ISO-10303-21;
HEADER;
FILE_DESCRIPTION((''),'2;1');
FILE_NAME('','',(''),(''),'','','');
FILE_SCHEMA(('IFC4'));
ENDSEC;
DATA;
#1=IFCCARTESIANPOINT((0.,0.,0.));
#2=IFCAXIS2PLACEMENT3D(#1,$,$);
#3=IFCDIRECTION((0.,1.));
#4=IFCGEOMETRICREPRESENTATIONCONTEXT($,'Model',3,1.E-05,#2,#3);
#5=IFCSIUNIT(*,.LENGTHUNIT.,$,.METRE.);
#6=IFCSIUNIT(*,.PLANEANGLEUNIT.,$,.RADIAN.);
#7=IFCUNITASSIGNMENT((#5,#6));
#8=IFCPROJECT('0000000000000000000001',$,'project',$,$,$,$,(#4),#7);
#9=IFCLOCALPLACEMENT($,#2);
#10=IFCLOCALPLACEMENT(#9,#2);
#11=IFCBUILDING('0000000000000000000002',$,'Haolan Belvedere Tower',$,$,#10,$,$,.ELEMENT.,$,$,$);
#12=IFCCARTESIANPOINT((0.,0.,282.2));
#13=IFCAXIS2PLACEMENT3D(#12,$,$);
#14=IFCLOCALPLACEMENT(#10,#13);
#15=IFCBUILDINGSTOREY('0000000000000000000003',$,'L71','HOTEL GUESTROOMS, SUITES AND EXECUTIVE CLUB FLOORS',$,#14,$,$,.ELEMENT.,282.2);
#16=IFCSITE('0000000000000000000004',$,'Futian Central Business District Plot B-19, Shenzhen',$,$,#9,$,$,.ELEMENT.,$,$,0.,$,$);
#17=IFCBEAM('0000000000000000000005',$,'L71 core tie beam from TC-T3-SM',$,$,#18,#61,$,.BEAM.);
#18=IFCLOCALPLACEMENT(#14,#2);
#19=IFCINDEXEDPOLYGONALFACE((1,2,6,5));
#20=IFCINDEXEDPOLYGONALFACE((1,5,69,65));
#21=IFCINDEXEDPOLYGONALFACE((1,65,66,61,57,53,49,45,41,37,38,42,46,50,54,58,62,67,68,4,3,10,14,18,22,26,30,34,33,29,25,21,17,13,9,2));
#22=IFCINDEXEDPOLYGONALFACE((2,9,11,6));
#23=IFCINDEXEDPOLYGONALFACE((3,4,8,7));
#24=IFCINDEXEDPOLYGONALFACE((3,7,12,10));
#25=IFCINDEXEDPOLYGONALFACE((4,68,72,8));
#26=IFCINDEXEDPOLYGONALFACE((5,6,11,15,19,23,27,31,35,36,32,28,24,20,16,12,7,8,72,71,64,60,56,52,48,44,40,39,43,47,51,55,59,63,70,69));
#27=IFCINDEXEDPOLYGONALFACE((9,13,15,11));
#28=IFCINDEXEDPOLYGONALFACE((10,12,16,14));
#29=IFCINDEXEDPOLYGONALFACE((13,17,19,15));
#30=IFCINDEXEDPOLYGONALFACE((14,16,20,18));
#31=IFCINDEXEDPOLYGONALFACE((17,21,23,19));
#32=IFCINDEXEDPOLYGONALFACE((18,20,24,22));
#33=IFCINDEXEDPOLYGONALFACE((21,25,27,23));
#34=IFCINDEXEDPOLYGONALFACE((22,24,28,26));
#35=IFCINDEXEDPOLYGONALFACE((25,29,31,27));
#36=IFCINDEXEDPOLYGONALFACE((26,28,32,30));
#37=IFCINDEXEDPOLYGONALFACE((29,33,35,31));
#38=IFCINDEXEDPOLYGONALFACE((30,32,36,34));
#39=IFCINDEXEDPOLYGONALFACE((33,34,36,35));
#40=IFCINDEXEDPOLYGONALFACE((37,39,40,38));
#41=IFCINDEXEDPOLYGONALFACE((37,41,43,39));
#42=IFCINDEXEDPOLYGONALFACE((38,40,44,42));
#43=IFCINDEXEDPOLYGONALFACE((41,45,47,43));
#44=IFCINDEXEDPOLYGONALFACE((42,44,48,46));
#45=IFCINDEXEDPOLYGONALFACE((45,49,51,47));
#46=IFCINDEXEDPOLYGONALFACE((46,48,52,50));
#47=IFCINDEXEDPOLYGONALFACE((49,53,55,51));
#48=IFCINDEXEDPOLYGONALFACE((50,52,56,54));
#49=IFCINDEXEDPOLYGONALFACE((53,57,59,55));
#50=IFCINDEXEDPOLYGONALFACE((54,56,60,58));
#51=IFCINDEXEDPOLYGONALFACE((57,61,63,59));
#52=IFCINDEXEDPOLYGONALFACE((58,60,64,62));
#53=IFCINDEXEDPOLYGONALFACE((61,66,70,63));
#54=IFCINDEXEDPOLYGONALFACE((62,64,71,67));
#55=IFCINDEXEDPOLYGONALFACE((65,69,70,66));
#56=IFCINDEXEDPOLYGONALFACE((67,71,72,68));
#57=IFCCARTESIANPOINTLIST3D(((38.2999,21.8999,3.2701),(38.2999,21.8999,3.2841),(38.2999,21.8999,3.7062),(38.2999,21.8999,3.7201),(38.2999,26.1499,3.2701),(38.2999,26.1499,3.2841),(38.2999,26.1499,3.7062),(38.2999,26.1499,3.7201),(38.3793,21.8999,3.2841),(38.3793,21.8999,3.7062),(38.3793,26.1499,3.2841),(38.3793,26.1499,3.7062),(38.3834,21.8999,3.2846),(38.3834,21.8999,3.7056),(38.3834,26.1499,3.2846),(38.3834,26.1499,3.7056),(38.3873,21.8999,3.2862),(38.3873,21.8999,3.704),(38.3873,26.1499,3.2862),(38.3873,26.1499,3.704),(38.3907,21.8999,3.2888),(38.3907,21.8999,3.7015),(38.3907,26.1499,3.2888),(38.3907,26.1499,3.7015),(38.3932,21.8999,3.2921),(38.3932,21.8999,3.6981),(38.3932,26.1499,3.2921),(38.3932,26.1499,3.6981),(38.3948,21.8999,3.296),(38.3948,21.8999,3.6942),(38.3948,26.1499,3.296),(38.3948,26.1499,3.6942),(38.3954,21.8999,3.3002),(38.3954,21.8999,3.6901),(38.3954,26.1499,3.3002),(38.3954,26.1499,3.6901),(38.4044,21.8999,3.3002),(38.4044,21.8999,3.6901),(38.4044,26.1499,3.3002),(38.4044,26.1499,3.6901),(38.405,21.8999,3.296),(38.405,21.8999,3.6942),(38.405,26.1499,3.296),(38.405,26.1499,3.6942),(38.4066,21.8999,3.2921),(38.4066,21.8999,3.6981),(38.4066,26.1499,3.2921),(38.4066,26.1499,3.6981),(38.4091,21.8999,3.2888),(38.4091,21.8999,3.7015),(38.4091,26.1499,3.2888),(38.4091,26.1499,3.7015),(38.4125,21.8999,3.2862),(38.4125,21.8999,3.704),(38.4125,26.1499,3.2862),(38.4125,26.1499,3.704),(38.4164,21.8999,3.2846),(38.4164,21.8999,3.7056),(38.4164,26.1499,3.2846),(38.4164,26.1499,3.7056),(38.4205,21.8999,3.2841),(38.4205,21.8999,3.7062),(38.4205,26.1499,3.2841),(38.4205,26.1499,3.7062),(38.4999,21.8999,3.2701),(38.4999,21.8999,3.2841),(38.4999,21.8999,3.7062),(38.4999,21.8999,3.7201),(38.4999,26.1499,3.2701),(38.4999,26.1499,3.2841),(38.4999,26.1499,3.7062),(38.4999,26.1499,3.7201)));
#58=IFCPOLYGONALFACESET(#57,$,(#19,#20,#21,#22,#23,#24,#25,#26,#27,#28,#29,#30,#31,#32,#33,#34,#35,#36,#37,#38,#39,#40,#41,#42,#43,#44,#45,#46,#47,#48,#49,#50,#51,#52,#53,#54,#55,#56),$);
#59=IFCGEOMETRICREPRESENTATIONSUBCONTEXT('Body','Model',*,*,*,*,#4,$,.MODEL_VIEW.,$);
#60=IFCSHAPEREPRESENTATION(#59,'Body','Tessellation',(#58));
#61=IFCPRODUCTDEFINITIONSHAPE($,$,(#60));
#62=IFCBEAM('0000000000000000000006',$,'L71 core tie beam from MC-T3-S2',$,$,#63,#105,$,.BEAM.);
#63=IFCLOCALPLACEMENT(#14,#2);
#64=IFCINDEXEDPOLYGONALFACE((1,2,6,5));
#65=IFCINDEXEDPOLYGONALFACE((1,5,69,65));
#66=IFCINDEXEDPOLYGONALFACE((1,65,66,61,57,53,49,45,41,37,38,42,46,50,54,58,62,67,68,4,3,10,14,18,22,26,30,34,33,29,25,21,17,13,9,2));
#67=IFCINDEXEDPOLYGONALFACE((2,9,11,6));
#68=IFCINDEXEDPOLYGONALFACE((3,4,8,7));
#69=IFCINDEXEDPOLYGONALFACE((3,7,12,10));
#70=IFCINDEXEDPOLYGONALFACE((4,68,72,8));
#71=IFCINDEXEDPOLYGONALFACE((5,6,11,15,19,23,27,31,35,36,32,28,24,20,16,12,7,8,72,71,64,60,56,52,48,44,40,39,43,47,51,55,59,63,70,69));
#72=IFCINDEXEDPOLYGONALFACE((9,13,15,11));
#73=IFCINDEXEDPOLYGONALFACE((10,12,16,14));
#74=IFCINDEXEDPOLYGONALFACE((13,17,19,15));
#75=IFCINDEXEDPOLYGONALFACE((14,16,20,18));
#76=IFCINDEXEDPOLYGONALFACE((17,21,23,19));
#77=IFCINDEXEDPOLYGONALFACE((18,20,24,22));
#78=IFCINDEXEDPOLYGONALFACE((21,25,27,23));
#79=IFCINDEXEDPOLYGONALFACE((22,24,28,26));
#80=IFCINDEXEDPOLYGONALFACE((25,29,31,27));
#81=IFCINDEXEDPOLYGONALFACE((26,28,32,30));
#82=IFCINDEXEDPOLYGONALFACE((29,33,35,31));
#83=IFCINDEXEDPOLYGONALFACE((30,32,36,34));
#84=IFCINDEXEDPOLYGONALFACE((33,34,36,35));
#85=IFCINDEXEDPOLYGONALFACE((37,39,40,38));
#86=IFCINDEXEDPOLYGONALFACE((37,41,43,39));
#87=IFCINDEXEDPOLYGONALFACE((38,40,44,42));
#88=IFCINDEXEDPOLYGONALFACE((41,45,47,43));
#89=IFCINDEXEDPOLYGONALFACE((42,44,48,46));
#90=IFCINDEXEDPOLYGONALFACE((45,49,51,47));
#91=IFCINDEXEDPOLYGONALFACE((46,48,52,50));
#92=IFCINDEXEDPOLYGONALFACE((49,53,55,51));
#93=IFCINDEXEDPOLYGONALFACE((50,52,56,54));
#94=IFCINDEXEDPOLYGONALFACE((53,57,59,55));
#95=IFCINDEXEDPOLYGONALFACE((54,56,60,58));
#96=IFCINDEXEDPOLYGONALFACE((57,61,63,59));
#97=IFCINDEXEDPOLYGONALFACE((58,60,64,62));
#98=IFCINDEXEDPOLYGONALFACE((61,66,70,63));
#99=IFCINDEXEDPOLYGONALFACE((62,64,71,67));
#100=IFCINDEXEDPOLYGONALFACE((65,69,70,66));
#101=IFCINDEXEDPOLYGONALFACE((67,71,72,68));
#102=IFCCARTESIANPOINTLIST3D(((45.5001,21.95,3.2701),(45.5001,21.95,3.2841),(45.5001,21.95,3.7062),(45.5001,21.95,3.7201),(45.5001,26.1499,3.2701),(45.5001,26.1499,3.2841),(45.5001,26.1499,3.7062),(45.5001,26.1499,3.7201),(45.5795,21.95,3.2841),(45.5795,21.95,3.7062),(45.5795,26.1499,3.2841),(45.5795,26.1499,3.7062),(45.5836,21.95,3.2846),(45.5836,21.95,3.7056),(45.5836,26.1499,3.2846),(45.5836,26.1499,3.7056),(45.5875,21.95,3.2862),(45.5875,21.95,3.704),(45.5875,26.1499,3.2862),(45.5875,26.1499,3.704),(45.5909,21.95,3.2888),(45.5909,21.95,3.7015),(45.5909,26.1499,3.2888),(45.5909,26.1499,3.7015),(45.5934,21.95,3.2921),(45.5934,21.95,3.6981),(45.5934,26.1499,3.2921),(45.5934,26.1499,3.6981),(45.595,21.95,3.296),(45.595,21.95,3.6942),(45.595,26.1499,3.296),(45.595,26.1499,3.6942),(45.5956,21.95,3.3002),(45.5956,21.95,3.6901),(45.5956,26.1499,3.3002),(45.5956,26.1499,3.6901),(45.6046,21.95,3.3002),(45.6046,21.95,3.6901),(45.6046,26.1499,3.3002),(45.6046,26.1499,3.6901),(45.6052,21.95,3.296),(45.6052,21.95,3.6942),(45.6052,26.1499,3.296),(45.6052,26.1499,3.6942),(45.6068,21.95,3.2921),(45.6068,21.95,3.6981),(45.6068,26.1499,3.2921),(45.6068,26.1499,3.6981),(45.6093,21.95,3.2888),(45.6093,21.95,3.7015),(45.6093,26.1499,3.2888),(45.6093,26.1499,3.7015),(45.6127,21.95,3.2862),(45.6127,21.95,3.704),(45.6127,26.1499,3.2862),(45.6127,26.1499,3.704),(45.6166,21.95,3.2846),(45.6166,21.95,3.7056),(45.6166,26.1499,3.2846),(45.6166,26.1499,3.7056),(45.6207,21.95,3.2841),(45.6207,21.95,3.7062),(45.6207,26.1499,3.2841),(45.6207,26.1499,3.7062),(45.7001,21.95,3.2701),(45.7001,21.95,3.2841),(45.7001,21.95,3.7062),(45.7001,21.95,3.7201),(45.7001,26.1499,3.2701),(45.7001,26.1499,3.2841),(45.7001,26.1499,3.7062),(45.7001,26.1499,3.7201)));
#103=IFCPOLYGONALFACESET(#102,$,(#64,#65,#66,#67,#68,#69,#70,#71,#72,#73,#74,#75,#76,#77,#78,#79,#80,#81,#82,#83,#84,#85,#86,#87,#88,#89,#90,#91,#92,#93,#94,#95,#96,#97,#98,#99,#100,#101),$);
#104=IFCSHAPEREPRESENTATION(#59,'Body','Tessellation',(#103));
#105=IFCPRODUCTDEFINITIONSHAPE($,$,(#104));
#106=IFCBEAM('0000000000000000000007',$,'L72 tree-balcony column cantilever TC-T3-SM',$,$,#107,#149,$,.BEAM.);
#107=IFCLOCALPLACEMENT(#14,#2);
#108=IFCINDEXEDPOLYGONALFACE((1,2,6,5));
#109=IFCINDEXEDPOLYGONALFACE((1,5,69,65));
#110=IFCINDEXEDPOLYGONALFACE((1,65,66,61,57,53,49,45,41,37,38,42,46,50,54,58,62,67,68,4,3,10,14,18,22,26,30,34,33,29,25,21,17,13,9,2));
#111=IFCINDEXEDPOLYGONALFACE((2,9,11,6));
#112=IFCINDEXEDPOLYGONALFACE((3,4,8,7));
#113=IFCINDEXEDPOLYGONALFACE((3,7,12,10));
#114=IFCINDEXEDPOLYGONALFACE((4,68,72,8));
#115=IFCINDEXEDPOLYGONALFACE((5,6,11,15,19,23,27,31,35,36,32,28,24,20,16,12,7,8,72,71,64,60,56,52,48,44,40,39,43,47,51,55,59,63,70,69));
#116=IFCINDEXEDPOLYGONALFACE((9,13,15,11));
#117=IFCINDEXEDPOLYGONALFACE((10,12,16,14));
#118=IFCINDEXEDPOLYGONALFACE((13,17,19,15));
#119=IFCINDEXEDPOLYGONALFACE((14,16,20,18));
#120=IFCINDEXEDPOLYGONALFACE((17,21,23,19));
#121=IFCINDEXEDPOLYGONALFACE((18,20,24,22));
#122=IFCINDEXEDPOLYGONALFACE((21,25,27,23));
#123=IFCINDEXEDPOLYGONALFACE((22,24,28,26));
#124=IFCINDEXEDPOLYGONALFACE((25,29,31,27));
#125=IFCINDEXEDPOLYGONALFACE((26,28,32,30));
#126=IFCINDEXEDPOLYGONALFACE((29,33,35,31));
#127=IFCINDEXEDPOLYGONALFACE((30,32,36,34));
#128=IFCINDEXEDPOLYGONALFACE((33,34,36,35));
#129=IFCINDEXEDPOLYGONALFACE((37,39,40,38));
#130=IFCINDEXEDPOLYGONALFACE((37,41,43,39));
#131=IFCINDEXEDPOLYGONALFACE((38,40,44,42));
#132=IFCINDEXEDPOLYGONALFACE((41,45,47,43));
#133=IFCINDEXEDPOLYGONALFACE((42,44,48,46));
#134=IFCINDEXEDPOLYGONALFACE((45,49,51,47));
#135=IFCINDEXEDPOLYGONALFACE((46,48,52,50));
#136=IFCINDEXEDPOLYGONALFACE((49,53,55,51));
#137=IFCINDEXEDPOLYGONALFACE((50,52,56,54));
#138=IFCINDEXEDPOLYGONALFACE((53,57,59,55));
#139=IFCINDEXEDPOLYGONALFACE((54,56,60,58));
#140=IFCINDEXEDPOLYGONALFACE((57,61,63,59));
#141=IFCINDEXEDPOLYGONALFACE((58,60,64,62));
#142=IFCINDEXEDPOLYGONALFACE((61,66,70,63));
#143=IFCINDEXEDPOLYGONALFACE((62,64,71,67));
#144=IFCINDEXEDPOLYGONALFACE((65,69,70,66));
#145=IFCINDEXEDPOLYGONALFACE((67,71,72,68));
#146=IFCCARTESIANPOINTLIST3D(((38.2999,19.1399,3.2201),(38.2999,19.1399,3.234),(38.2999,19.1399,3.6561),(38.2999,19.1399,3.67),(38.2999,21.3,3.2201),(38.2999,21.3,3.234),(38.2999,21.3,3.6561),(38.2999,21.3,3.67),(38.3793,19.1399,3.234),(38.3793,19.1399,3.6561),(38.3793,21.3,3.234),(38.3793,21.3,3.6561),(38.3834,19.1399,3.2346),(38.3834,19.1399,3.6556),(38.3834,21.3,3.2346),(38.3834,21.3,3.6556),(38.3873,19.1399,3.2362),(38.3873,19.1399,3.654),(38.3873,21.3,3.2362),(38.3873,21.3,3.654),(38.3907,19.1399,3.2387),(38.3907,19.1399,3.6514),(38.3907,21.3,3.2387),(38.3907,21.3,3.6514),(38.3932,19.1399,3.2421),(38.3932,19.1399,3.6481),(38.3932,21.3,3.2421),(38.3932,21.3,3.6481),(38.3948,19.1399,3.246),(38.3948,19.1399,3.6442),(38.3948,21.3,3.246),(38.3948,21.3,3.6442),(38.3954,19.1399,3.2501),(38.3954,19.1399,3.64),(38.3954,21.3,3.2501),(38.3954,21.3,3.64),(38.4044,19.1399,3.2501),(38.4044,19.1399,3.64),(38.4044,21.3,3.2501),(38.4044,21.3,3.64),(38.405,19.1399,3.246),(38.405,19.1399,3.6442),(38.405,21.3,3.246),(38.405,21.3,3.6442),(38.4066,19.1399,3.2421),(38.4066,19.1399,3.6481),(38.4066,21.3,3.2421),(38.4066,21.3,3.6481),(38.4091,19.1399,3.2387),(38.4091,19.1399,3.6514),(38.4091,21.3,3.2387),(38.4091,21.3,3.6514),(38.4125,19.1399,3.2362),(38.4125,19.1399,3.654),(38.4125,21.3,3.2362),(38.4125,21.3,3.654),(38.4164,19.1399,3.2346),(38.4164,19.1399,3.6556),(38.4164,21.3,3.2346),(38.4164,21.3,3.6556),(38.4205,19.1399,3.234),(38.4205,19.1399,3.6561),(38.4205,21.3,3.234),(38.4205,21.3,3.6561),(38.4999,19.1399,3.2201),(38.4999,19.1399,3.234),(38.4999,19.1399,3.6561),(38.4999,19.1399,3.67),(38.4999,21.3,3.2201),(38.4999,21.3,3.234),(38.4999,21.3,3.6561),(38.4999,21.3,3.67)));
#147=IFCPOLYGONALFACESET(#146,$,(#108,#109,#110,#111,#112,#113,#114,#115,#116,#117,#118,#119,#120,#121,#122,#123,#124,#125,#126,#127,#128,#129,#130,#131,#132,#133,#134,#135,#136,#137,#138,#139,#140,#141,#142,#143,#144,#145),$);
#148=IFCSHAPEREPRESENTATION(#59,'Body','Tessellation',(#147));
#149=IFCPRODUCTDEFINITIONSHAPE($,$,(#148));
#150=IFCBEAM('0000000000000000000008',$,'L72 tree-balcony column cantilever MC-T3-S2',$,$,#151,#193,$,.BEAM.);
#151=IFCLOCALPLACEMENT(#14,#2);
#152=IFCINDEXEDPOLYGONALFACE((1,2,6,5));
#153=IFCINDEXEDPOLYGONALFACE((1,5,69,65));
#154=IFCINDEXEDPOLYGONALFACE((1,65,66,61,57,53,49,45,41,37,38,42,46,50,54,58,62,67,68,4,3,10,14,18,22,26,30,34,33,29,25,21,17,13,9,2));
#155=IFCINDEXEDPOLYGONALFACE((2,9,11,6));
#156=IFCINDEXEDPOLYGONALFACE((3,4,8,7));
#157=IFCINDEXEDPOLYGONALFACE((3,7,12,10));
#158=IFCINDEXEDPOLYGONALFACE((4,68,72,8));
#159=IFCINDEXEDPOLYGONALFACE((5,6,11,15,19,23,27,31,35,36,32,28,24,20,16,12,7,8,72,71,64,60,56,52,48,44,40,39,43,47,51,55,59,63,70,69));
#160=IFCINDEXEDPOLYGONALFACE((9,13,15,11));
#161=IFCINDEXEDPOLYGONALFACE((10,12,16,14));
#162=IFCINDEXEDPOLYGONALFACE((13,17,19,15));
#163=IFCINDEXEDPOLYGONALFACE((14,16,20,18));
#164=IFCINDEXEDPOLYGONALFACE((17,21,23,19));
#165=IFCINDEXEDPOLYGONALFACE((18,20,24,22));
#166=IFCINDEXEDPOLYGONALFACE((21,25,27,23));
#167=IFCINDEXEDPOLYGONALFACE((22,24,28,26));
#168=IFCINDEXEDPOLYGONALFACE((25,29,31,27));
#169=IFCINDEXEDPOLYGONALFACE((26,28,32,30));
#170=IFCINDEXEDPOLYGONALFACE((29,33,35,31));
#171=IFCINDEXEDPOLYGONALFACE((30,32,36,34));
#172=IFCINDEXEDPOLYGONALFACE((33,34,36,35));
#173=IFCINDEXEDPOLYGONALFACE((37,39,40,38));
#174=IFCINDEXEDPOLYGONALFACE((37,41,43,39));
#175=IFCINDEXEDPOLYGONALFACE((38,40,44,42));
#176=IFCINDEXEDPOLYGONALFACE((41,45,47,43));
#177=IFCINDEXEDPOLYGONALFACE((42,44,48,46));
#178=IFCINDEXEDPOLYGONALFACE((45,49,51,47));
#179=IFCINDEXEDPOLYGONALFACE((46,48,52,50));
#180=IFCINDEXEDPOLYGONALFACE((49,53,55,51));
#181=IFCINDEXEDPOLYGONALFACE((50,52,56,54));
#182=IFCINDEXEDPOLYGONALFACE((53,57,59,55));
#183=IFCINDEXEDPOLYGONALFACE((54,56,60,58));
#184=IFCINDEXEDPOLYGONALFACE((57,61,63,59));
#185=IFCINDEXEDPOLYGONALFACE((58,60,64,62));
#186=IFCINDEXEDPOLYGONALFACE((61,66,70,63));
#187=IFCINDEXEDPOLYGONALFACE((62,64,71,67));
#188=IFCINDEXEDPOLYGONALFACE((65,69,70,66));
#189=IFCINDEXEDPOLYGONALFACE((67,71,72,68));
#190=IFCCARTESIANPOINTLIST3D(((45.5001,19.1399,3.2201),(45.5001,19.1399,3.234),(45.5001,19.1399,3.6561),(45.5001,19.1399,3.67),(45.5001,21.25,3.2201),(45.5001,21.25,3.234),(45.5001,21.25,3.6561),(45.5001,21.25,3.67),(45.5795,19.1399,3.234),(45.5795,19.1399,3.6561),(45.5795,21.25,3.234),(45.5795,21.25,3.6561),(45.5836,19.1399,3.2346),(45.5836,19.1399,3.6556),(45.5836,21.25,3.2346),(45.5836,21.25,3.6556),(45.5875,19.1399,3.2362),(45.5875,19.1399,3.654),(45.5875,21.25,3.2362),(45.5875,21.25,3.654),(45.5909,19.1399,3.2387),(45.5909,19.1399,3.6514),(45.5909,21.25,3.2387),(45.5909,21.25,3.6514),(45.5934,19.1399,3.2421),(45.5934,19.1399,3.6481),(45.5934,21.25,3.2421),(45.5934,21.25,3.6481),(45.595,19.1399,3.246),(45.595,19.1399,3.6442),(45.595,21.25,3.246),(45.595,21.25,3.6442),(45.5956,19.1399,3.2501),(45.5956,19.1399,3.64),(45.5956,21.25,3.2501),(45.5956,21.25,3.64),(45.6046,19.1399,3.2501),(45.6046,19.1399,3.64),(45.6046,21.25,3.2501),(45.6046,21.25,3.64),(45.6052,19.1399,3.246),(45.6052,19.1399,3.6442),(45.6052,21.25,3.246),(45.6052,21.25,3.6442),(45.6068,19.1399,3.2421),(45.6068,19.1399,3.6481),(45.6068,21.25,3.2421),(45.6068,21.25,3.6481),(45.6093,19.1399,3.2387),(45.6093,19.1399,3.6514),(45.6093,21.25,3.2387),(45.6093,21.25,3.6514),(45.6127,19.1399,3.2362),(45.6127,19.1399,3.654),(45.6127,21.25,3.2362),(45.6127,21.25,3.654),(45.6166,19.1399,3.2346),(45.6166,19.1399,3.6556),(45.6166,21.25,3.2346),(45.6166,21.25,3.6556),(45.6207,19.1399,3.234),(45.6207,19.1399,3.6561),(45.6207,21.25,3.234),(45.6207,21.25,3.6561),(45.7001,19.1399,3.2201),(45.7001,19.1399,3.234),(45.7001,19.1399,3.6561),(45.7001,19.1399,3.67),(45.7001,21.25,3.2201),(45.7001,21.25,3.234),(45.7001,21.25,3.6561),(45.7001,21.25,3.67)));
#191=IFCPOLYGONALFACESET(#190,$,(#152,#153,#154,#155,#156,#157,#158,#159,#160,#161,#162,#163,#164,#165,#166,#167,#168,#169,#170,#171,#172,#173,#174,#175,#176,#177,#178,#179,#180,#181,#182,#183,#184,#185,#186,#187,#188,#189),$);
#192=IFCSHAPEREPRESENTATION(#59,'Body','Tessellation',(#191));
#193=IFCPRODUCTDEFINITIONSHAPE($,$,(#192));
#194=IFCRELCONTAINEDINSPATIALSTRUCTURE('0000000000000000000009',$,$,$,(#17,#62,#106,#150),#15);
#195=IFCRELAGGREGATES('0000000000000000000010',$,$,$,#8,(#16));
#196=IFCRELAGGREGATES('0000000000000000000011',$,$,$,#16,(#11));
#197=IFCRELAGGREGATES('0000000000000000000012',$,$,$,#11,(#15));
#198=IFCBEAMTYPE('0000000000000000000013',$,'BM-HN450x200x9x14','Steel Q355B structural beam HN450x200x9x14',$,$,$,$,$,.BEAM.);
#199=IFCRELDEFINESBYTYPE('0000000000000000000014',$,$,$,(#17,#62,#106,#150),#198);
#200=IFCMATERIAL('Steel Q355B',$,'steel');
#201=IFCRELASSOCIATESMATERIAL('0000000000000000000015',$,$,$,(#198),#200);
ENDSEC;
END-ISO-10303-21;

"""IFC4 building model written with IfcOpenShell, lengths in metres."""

from ifc_helpers import new_model, si_unit, direction, frame, origin, origin_2d, place, context, subcontext, project, spatial, i_section, extrude, material, material_profile, profile_set, type_object, element, save


model = new_model("IFC4")

# Units and contexts
model_context = context("Model", 3, precision=1e-05, world=origin(), true_north=direction((0.0, 1.0)))
body_context = subcontext(model_context, "Body", "Model", "MODEL_VIEW")
ifc_project = project(units=[si_unit("LENGTHUNIT", "METRE"), si_unit("PLANEANGLEUNIT", "RADIAN")], contexts=[model_context])

# Site, building, storey
site_placement = place(None, origin())
site = spatial("IfcSite", under=ifc_project, at=site_placement, Name="Futian Central Business District Plot B-19, Shenzhen", CompositionType="ELEMENT", RefElevation=0.0)
building_placement = place(site_placement, origin())
building = spatial("IfcBuilding", under=site, at=building_placement, Name="Haolan Belvedere Tower", CompositionType="ELEMENT")
storey_placement = place(building_placement, frame((0.0, 0.0, 282.2)))
storey = spatial("IfcBuildingStorey", under=building, at=storey_placement, Name="L71", Description="HOTEL GUESTROOMS, SUITES AND EXECUTIVE CLUB FLOORS", CompositionType="ELEMENT", Elevation=282.2)

# Beams
ifc_material_1 = material(Name="Steel Q355B", Category="steel")
ifc_material_profile_1 = material_profile(ifc_material_1, i_section(OverallWidth=0.2, OverallDepth=0.45, WebThickness=0.009, FlangeThickness=0.0139, FilletRadius=0.0161, at=origin_2d()), Name="Steel Q355B")
ifc_profile_set_1 = profile_set([ifc_material_profile_1], Name="Steel Q355B")
beam_type_1 = type_object("IfcBeamType", Name="BM-HN450x200x9x14", Description="Steel Q355B structural beam HN450x200x9x14", PredefinedType="BEAM", material=ifc_profile_set_1)
beam_1_placement = place(storey_placement, frame((38.3999, 21.8999, 3.4951), z_axis=(0.0, 1.0, 0.0), x_axis=(-1.0, 0.0, 0.0)))
element("IfcBeam", 1, at=beam_1_placement, inside=storey, type_object=beam_type_1, Name="L71 core tie beam from TC-T3-SM", PredefinedType="BEAM", context=body_context, shape_type="SweptSolid", body=[
    extrude(i_section(OverallWidth=0.2, OverallDepth=0.45, WebThickness=0.009, FlangeThickness=0.0139, FilletRadius=0.0161, at=origin_2d()), origin(), (0.0, 0.0, 1.0), 4.25),
])
beam_2_placement = place(storey_placement, frame((45.6001, 21.95, 3.4951), z_axis=(0.0, 1.0, 0.0), x_axis=(-1.0, 0.0, 0.0)))
element("IfcBeam", 2, at=beam_2_placement, inside=storey, type_object=beam_type_1, Name="L71 core tie beam from MC-T3-S2", PredefinedType="BEAM", context=body_context, shape_type="SweptSolid", body=[
    extrude(i_section(OverallWidth=0.2, OverallDepth=0.45, WebThickness=0.009, FlangeThickness=0.0139, FilletRadius=0.0161, at=origin_2d()), origin(), (0.0, 0.0, 1.0), 4.2),
])
beam_3_placement = place(storey_placement, frame((38.3999, 21.3, 3.4451), z_axis=(0.0, -1.0, 0.0), x_axis=(1.0, 0.0, 0.0)))
element("IfcBeam", 3, at=beam_3_placement, inside=storey, type_object=beam_type_1, Name="L72 tree-balcony column cantilever TC-T3-SM", PredefinedType="BEAM", context=body_context, shape_type="SweptSolid", body=[
    extrude(i_section(OverallWidth=0.2, OverallDepth=0.45, WebThickness=0.009, FlangeThickness=0.0139, FilletRadius=0.0161, at=origin_2d()), origin(), (0.0, 0.0, 1.0), 2.1602),
])
beam_4_placement = place(storey_placement, frame((45.6001, 21.25, 3.4451), z_axis=(0.0, -1.0, 0.0), x_axis=(1.0, 0.0, 0.0)))
element("IfcBeam", 4, at=beam_4_placement, inside=storey, type_object=beam_type_1, Name="L72 tree-balcony column cantilever MC-T3-S2", PredefinedType="BEAM", context=body_context, shape_type="SweptSolid", body=[
    extrude(i_section(OverallWidth=0.2, OverallDepth=0.45, WebThickness=0.009, FlangeThickness=0.0139, FilletRadius=0.0161, at=origin_2d()), origin(), (0.0, 0.0, 1.0), 2.1101),
])

save(model, "model.ifc")
